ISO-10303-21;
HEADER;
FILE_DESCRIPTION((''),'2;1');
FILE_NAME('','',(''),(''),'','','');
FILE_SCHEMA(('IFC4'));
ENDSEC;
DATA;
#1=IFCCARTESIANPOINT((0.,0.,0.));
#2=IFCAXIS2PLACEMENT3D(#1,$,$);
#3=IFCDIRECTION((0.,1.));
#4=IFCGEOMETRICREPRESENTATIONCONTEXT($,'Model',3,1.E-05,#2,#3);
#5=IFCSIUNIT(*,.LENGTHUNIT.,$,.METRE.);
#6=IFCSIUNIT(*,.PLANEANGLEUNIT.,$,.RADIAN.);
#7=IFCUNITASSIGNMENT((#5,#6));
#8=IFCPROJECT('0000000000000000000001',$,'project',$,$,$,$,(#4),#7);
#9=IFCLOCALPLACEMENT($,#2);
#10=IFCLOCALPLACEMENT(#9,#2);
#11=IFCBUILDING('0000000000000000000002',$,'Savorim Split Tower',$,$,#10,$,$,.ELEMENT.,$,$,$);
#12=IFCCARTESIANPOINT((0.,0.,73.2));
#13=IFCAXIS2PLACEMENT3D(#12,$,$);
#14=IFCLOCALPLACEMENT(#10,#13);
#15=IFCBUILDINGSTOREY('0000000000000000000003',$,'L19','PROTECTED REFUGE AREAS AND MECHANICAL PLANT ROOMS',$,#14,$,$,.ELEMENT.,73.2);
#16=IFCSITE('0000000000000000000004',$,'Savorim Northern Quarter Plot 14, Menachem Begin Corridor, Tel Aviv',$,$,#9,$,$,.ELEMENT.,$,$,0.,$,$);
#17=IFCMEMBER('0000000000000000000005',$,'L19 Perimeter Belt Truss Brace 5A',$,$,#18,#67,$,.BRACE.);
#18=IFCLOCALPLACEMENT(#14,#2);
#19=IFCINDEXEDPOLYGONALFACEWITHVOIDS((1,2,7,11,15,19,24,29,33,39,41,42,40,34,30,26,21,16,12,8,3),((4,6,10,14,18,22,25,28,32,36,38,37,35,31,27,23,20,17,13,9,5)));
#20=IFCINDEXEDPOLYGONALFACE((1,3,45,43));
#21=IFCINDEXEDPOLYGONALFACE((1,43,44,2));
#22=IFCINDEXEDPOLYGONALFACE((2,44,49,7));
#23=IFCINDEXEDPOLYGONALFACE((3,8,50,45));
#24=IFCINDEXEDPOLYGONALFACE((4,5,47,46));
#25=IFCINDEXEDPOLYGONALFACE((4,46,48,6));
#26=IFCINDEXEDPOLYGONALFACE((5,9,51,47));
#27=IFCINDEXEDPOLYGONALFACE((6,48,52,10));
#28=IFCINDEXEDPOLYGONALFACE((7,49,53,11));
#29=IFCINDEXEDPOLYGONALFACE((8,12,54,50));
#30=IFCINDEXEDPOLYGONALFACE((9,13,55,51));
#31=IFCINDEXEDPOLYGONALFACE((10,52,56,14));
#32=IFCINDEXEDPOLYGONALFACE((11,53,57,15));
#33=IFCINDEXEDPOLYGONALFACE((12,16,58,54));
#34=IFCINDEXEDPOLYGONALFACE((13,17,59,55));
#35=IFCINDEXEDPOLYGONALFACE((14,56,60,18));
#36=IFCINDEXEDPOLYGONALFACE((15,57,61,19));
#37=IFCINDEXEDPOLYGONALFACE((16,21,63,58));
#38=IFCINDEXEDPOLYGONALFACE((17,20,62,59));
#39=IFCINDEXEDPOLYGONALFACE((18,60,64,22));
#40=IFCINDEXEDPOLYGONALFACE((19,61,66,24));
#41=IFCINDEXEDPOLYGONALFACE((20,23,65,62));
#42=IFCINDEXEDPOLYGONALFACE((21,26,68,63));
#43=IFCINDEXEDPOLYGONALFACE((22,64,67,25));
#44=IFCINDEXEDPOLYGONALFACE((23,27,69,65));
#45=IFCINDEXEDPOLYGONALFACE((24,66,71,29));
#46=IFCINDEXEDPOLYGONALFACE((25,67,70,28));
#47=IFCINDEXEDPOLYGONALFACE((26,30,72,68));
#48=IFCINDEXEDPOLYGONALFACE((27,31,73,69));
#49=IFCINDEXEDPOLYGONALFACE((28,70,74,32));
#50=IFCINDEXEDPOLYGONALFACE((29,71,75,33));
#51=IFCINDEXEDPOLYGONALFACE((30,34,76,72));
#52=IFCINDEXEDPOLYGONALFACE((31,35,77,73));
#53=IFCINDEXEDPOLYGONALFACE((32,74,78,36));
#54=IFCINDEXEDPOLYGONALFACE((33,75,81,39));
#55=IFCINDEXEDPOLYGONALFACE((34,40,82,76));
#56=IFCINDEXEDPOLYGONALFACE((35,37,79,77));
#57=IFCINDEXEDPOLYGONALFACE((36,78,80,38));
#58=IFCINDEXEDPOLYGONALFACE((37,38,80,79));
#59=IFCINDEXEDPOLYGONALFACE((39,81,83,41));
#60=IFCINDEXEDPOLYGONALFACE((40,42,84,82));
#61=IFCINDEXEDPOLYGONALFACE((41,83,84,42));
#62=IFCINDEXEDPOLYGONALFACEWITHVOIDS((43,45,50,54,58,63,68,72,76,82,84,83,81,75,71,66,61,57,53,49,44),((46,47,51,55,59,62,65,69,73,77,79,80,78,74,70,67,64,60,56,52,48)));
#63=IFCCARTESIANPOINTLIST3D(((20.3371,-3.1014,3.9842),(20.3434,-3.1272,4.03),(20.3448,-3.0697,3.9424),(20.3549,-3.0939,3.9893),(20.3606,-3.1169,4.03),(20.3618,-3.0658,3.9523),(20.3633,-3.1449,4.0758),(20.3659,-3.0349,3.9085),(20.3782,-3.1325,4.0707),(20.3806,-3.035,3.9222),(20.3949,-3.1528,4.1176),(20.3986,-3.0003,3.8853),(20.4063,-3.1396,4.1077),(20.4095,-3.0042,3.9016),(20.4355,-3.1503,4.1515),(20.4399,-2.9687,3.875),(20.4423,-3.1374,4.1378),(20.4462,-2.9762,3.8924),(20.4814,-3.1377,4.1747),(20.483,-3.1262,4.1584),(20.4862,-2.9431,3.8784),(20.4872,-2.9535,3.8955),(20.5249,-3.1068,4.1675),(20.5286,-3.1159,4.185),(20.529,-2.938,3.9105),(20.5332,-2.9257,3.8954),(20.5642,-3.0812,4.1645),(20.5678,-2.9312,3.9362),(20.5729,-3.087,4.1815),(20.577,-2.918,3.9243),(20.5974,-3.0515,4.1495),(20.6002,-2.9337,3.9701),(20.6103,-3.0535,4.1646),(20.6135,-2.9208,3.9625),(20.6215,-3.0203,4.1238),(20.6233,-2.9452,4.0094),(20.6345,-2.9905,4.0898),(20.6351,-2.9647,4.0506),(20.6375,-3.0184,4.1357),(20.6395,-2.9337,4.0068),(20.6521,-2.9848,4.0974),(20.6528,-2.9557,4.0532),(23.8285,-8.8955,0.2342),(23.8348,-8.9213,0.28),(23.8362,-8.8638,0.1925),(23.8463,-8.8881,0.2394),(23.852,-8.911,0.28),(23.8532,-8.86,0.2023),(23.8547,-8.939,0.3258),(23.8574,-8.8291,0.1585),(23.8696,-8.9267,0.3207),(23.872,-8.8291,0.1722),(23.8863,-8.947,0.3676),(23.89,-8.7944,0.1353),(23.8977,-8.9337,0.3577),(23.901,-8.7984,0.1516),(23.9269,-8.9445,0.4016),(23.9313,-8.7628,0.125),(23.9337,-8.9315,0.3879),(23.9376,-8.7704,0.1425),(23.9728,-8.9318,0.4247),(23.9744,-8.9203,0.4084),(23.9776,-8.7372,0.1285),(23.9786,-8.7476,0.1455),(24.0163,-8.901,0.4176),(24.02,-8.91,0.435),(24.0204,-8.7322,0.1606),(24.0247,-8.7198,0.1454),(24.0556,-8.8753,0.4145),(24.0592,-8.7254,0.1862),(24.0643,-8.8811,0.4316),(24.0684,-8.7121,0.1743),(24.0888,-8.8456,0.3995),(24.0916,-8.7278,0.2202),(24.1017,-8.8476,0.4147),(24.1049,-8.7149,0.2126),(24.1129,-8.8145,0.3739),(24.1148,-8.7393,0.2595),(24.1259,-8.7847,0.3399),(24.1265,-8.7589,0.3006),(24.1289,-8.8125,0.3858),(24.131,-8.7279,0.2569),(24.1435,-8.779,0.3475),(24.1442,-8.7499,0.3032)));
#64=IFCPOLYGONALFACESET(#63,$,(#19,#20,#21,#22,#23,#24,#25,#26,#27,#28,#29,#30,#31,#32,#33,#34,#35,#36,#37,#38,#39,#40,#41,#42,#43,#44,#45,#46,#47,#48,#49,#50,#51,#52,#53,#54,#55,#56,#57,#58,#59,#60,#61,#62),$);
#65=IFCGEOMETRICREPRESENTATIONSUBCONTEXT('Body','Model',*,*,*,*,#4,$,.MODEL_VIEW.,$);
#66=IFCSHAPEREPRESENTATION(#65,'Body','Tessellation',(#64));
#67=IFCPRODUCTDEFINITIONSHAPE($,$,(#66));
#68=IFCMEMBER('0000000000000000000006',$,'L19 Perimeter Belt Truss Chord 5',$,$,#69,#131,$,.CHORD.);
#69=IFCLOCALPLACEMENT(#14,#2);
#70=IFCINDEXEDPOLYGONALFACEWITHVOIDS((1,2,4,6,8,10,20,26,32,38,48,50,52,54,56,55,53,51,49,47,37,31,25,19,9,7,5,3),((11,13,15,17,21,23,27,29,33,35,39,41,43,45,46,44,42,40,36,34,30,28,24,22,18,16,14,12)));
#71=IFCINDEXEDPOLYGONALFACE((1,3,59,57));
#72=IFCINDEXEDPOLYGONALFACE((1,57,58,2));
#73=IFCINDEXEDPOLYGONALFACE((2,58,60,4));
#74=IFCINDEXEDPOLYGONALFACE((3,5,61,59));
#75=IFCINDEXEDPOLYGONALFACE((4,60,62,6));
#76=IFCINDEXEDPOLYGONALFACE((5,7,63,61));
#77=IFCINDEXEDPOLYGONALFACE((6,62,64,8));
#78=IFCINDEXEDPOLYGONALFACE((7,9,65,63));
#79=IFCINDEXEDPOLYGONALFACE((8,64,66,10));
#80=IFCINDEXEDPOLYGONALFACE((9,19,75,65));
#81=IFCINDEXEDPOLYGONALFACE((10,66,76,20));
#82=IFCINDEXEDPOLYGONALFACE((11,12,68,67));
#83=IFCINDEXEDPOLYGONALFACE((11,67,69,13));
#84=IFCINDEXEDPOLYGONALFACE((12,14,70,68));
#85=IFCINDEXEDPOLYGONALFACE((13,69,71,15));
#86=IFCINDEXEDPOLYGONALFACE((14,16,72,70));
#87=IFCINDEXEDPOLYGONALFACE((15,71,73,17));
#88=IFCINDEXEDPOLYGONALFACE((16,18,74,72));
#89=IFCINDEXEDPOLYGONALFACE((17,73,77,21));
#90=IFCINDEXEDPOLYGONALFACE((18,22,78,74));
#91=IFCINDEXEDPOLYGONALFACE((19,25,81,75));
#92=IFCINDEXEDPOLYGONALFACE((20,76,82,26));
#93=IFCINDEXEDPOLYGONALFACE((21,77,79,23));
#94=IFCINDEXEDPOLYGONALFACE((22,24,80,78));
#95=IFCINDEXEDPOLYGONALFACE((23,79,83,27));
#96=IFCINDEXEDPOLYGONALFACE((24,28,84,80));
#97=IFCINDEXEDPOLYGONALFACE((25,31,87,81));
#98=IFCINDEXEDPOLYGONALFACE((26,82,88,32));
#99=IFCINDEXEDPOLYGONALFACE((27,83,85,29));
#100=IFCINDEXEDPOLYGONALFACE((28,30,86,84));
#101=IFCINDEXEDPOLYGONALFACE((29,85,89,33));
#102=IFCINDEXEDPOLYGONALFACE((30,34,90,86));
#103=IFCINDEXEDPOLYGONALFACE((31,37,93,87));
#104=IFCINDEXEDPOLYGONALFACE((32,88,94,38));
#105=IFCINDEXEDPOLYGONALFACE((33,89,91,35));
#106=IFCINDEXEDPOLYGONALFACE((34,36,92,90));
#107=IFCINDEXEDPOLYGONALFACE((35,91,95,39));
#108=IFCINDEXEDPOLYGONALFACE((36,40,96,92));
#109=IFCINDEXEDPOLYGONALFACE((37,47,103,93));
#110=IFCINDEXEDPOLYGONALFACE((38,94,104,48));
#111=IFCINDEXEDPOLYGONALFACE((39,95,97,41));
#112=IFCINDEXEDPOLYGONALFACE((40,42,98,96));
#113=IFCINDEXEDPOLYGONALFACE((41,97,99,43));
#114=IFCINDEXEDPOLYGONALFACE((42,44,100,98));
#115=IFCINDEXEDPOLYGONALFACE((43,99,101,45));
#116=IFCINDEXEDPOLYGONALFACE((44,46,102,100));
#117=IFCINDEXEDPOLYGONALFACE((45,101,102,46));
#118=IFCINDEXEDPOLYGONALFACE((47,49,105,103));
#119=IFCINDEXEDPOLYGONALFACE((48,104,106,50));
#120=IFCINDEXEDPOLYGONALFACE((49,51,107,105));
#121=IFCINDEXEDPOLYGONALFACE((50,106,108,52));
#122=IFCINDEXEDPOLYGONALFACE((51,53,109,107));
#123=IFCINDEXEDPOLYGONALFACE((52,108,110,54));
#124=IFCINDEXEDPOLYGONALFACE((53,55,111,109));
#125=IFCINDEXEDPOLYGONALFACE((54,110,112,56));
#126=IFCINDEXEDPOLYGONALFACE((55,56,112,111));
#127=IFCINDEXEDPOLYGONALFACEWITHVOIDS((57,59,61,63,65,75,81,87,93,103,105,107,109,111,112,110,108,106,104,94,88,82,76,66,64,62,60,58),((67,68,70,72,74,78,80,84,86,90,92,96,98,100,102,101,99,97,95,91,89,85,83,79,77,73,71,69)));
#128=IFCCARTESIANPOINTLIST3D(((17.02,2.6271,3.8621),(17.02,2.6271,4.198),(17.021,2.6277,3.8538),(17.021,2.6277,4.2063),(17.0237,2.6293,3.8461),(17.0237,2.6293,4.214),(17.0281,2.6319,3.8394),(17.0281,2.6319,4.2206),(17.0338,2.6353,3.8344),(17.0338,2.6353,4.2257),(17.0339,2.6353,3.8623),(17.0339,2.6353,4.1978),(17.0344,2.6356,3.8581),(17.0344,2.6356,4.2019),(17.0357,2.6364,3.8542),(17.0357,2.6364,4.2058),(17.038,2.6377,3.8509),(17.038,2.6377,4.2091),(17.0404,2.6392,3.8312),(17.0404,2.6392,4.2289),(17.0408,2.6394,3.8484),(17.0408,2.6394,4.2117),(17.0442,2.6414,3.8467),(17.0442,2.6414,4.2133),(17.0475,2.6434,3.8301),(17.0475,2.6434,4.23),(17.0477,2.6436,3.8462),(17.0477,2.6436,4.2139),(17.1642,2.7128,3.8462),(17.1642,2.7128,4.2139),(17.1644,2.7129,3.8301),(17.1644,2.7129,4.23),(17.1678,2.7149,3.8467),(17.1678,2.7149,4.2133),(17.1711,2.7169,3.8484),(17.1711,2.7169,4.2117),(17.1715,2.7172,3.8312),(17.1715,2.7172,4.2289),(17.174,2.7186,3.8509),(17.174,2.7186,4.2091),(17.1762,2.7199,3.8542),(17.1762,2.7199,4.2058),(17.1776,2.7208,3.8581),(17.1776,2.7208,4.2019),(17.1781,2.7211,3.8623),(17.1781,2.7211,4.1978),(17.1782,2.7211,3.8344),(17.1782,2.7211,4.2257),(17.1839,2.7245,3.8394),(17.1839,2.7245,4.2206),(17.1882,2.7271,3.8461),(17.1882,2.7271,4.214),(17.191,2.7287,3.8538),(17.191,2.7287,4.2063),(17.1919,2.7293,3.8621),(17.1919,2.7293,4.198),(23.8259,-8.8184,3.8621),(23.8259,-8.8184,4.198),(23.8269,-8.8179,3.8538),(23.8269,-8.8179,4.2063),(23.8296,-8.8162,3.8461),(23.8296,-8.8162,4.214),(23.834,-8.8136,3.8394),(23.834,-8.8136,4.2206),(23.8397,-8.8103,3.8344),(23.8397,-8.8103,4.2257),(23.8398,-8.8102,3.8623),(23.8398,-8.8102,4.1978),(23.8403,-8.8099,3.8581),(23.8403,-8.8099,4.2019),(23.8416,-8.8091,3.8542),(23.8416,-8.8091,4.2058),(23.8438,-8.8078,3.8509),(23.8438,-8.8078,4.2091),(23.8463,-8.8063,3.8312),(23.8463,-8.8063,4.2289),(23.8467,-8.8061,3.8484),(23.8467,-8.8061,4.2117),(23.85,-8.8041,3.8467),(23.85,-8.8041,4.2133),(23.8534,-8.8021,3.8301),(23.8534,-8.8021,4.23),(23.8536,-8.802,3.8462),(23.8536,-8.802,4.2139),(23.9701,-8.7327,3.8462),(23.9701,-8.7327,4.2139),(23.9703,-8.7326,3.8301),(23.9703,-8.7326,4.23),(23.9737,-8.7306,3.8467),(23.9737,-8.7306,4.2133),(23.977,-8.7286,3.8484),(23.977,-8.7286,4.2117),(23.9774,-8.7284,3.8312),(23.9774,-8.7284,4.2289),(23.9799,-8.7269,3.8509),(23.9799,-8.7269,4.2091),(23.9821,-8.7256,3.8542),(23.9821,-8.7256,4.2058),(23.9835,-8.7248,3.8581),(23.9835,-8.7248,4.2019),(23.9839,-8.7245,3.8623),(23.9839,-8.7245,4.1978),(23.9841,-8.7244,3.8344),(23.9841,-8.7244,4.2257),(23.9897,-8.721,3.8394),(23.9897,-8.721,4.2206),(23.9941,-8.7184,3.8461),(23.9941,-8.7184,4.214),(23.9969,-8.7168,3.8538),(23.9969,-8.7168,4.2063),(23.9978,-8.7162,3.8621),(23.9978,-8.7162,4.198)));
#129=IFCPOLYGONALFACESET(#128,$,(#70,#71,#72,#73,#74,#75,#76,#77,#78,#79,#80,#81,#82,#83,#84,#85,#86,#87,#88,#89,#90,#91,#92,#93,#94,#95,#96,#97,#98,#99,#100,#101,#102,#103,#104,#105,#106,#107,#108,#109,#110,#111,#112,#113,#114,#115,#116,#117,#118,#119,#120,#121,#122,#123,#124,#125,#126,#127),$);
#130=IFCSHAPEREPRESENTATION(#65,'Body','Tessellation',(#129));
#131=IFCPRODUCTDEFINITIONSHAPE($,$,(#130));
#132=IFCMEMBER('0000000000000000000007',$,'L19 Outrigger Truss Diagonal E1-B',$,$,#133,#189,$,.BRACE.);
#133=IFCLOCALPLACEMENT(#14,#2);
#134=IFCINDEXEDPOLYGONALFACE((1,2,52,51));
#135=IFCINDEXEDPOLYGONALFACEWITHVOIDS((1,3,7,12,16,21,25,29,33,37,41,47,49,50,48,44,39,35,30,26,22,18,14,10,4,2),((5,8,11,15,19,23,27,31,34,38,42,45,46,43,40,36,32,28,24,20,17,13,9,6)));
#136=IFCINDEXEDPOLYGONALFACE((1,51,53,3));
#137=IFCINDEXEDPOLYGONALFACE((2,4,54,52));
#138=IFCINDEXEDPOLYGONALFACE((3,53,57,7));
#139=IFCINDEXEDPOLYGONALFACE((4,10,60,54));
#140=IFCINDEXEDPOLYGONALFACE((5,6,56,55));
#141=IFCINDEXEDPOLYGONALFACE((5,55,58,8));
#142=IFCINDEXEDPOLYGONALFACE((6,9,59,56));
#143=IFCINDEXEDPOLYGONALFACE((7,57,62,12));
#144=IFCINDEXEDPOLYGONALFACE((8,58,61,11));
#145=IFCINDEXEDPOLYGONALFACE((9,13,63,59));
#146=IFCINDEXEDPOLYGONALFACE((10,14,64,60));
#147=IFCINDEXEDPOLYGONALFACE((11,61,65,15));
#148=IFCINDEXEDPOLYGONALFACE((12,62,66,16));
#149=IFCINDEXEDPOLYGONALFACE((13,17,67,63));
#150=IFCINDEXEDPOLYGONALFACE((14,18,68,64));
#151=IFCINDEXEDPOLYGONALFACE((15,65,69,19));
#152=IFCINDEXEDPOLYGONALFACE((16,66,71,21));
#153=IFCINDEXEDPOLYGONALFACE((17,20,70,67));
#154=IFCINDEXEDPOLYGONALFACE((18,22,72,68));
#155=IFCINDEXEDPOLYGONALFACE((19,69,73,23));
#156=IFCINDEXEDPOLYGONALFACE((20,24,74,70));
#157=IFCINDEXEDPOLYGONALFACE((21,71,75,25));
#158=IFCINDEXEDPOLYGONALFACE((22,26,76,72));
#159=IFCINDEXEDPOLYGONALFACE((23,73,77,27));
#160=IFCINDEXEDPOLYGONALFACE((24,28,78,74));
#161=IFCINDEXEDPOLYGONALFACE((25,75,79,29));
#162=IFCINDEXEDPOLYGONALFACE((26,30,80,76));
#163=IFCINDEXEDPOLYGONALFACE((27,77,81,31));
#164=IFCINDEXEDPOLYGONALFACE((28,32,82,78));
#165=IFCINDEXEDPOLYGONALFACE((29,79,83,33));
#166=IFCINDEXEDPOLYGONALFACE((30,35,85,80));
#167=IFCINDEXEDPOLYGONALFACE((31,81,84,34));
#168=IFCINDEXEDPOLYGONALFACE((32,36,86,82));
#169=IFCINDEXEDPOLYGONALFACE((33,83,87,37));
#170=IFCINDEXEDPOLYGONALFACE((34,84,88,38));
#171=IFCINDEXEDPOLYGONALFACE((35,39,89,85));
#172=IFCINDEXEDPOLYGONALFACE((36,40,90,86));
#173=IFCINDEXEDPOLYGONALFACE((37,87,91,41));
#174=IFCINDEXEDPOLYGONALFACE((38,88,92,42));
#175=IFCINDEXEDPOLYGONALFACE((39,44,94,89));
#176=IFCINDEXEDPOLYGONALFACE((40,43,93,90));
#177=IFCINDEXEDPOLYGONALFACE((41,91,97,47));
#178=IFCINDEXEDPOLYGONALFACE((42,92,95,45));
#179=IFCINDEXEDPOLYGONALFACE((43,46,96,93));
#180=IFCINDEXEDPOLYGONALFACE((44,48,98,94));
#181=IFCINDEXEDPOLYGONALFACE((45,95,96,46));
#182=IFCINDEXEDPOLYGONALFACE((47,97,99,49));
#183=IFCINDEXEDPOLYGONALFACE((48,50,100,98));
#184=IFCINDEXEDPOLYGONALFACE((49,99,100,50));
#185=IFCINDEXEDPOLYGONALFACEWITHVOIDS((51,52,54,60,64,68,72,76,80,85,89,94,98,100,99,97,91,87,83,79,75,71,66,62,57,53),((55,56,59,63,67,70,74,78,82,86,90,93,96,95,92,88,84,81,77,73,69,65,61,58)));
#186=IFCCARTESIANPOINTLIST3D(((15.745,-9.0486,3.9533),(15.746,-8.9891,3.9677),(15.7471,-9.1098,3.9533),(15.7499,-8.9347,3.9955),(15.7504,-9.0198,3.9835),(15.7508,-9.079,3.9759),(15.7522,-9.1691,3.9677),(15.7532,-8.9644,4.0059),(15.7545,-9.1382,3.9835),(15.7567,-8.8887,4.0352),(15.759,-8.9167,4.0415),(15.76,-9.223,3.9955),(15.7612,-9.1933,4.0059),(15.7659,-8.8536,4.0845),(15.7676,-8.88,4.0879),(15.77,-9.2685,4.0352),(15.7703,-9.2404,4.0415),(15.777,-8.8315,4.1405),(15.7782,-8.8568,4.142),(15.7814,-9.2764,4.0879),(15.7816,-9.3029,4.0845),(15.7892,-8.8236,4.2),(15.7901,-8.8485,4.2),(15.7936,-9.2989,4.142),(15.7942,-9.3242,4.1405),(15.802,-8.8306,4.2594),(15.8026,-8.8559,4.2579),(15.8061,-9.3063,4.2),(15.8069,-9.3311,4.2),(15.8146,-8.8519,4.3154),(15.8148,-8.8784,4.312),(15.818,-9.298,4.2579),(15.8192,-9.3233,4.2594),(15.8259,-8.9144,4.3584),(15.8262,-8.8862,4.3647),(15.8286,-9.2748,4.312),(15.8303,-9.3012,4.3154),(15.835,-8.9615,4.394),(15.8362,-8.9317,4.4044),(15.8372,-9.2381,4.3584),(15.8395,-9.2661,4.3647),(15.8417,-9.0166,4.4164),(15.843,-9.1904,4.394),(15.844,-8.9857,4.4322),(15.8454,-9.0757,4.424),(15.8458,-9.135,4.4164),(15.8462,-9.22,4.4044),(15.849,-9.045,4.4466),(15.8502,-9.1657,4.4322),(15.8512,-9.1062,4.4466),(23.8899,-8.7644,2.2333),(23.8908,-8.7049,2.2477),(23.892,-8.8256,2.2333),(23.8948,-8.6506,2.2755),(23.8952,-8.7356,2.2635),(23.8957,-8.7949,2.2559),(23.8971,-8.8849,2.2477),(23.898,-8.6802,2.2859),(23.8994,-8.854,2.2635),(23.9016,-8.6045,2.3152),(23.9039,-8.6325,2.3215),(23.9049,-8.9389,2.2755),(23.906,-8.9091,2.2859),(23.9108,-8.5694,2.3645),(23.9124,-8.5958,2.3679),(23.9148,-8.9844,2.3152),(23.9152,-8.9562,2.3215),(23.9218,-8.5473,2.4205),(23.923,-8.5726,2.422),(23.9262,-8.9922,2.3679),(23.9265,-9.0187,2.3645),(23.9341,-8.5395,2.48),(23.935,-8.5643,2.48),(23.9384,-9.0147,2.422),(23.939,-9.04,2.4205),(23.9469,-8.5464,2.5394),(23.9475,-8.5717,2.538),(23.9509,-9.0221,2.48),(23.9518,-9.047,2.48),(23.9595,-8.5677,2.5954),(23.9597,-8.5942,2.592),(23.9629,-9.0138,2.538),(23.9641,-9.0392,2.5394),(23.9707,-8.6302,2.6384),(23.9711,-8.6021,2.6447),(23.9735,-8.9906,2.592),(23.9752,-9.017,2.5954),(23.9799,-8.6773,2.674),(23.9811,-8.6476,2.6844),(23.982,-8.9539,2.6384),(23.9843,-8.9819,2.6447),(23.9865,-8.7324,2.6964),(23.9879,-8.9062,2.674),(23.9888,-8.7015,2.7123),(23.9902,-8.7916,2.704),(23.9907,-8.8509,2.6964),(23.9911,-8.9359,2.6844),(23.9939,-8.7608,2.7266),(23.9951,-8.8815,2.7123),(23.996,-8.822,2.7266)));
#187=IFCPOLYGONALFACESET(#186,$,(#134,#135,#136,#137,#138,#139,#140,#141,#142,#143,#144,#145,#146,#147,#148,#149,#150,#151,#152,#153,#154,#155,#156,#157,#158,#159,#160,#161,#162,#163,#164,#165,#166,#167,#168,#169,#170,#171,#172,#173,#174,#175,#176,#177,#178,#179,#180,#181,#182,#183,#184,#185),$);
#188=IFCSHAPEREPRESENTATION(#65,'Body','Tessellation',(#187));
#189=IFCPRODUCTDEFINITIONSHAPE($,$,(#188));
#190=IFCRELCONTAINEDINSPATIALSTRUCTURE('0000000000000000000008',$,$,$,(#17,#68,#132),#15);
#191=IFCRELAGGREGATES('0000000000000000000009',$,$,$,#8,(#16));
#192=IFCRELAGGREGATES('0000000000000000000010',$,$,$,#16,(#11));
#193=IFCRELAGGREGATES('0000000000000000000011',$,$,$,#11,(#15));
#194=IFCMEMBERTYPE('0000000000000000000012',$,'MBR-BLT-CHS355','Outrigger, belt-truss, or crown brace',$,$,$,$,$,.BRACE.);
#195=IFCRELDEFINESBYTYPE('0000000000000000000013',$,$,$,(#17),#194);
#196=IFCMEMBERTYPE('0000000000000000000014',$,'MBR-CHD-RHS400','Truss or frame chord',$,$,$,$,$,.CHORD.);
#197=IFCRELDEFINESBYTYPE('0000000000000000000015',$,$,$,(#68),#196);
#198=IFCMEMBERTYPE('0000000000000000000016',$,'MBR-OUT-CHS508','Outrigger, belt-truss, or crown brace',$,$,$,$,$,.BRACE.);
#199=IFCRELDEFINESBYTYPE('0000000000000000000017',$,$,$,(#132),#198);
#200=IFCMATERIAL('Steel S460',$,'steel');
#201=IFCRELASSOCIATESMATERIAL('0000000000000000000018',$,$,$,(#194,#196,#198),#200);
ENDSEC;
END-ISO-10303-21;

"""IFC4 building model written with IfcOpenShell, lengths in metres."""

from ifc_helpers import new_model, si_unit, direction, frame, origin, origin_2d, place, context, subcontext, project, spatial, hollow_rectangle, hollow_circle, extrude, material, material_profile, profile_set, type_object, element, save


model = new_model("IFC4")

# Units and contexts
model_context = context("Model", 3, precision=1e-05, world=origin(), true_north=direction((0.0, 1.0)))
body_context = subcontext(model_context, "Body", "Model", "MODEL_VIEW")
ifc_project = project(units=[si_unit("LENGTHUNIT", "METRE"), si_unit("PLANEANGLEUNIT", "RADIAN")], contexts=[model_context])

# Site, building, storey
site_placement = place(None, origin())
site = spatial("IfcSite", under=ifc_project, at=site_placement, Name="Savorim Northern Quarter Plot 14, Menachem Begin Corridor, Tel Aviv", CompositionType="ELEMENT", RefElevation=0.0)
building_placement = place(site_placement, origin())
building = spatial("IfcBuilding", under=site, at=building_placement, Name="Savorim Split Tower", CompositionType="ELEMENT")
storey_placement = place(building_placement, frame((0.0, 0.0, 73.2)))
storey = spatial("IfcBuildingStorey", under=building, at=storey_placement, Name="L19", Description="PROTECTED REFUGE AREAS AND MECHANICAL PLANT ROOMS", CompositionType="ELEMENT", Elevation=73.2)

# Shared definitions
ifc_material_1 = material(Name="Steel S460", Category="steel")

# Members
ifc_material_profile_1 = material_profile(ifc_material_1, hollow_circle(Radius=0.1777, WallThickness=0.02, at=origin_2d()), Name="CHS 355.6x20")
ifc_profile_set_1 = profile_set([ifc_material_profile_1], Name="Steel S460")
member_type_1 = type_object("IfcMemberType", Name="MBR-BLT-CHS355", Description="Outrigger, belt-truss, or crown brace", PredefinedType="BRACE", material=ifc_profile_set_1)
member_1_placement = place(storey_placement, frame((23.9871, -8.8296, 0.28), z_axis=(-0.451402, 0.749117, 0.484829), x_axis=(-0.856517, -0.516119, 0.0)))
element("IfcMember", 1, at=member_1_placement, inside=storey, type_object=member_type_1, Name="L19 Perimeter Belt Truss Brace 5A", PredefinedType="BRACE", context=body_context, shape_type="SweptSolid", body=[
    extrude(hollow_circle(Radius=0.1777, WallThickness=0.02, at=origin_2d()), origin(), (0.0, 0.0, 1.0), 7.7346),
])
ifc_material_profile_2 = material_profile(ifc_material_1, hollow_rectangle(XDim=0.2, YDim=0.3999, WallThickness=0.0161, InnerFilletRadius=0.0161, OuterFilletRadius=0.032, at=origin_2d()), Name="RHS 400x200x16")
ifc_profile_set_2 = profile_set([ifc_material_profile_2], Name="Steel S460")
member_type_2 = type_object("IfcMemberType", Name="MBR-CHD-RHS400", Description="Truss or frame chord", PredefinedType="CHORD", material=ifc_profile_set_2)
member_2_placement = place(storey_placement, frame((23.9119, -8.7673, 4.03), z_axis=(-0.5111, 0.859521, 0.0), x_axis=(-0.859521, -0.5111, 0.0)))
element("IfcMember", 2, at=member_2_placement, inside=storey, type_object=member_type_2, Name="L19 Perimeter Belt Truss Chord 5", PredefinedType="CHORD", context=body_context, shape_type="SweptSolid", body=[
    extrude(hollow_rectangle(XDim=0.2, YDim=0.3999, WallThickness=0.0161, InnerFilletRadius=0.0161, OuterFilletRadius=0.032, at=origin_2d()), origin(), (0.0, 0.0, 1.0), 13.3162),
])
ifc_material_profile_3 = material_profile(ifc_material_1, hollow_circle(Radius=0.2539, WallThickness=0.0249, at=origin_2d()), Name="CHS 508x25")
ifc_profile_set_3 = profile_set([ifc_material_profile_3], Name="Steel S460")
member_type_3 = type_object("IfcMemberType", Name="MBR-OUT-CHS508", Description="Outrigger, belt-truss, or crown brace", PredefinedType="BRACE", material=ifc_profile_set_3)
member_3_placement = place(storey_placement, frame((15.7981, -9.0774, 4.2), z_axis=(0.977852, 0.034118, -0.206498), x_axis=(-0.03487, 0.999392, 0.0)))
element("IfcMember", 3, at=member_3_placement, inside=storey, type_object=member_type_3, Name="L19 Outrigger Truss Diagonal E1-B", PredefinedType="BRACE", context=body_context, shape_type="SweptSolid", body=[
    extrude(hollow_circle(Radius=0.2539, WallThickness=0.0249, at=origin_2d()), origin(), (0.0, 0.0, 1.0), 8.3293),
])

save(model, "model.ifc")
